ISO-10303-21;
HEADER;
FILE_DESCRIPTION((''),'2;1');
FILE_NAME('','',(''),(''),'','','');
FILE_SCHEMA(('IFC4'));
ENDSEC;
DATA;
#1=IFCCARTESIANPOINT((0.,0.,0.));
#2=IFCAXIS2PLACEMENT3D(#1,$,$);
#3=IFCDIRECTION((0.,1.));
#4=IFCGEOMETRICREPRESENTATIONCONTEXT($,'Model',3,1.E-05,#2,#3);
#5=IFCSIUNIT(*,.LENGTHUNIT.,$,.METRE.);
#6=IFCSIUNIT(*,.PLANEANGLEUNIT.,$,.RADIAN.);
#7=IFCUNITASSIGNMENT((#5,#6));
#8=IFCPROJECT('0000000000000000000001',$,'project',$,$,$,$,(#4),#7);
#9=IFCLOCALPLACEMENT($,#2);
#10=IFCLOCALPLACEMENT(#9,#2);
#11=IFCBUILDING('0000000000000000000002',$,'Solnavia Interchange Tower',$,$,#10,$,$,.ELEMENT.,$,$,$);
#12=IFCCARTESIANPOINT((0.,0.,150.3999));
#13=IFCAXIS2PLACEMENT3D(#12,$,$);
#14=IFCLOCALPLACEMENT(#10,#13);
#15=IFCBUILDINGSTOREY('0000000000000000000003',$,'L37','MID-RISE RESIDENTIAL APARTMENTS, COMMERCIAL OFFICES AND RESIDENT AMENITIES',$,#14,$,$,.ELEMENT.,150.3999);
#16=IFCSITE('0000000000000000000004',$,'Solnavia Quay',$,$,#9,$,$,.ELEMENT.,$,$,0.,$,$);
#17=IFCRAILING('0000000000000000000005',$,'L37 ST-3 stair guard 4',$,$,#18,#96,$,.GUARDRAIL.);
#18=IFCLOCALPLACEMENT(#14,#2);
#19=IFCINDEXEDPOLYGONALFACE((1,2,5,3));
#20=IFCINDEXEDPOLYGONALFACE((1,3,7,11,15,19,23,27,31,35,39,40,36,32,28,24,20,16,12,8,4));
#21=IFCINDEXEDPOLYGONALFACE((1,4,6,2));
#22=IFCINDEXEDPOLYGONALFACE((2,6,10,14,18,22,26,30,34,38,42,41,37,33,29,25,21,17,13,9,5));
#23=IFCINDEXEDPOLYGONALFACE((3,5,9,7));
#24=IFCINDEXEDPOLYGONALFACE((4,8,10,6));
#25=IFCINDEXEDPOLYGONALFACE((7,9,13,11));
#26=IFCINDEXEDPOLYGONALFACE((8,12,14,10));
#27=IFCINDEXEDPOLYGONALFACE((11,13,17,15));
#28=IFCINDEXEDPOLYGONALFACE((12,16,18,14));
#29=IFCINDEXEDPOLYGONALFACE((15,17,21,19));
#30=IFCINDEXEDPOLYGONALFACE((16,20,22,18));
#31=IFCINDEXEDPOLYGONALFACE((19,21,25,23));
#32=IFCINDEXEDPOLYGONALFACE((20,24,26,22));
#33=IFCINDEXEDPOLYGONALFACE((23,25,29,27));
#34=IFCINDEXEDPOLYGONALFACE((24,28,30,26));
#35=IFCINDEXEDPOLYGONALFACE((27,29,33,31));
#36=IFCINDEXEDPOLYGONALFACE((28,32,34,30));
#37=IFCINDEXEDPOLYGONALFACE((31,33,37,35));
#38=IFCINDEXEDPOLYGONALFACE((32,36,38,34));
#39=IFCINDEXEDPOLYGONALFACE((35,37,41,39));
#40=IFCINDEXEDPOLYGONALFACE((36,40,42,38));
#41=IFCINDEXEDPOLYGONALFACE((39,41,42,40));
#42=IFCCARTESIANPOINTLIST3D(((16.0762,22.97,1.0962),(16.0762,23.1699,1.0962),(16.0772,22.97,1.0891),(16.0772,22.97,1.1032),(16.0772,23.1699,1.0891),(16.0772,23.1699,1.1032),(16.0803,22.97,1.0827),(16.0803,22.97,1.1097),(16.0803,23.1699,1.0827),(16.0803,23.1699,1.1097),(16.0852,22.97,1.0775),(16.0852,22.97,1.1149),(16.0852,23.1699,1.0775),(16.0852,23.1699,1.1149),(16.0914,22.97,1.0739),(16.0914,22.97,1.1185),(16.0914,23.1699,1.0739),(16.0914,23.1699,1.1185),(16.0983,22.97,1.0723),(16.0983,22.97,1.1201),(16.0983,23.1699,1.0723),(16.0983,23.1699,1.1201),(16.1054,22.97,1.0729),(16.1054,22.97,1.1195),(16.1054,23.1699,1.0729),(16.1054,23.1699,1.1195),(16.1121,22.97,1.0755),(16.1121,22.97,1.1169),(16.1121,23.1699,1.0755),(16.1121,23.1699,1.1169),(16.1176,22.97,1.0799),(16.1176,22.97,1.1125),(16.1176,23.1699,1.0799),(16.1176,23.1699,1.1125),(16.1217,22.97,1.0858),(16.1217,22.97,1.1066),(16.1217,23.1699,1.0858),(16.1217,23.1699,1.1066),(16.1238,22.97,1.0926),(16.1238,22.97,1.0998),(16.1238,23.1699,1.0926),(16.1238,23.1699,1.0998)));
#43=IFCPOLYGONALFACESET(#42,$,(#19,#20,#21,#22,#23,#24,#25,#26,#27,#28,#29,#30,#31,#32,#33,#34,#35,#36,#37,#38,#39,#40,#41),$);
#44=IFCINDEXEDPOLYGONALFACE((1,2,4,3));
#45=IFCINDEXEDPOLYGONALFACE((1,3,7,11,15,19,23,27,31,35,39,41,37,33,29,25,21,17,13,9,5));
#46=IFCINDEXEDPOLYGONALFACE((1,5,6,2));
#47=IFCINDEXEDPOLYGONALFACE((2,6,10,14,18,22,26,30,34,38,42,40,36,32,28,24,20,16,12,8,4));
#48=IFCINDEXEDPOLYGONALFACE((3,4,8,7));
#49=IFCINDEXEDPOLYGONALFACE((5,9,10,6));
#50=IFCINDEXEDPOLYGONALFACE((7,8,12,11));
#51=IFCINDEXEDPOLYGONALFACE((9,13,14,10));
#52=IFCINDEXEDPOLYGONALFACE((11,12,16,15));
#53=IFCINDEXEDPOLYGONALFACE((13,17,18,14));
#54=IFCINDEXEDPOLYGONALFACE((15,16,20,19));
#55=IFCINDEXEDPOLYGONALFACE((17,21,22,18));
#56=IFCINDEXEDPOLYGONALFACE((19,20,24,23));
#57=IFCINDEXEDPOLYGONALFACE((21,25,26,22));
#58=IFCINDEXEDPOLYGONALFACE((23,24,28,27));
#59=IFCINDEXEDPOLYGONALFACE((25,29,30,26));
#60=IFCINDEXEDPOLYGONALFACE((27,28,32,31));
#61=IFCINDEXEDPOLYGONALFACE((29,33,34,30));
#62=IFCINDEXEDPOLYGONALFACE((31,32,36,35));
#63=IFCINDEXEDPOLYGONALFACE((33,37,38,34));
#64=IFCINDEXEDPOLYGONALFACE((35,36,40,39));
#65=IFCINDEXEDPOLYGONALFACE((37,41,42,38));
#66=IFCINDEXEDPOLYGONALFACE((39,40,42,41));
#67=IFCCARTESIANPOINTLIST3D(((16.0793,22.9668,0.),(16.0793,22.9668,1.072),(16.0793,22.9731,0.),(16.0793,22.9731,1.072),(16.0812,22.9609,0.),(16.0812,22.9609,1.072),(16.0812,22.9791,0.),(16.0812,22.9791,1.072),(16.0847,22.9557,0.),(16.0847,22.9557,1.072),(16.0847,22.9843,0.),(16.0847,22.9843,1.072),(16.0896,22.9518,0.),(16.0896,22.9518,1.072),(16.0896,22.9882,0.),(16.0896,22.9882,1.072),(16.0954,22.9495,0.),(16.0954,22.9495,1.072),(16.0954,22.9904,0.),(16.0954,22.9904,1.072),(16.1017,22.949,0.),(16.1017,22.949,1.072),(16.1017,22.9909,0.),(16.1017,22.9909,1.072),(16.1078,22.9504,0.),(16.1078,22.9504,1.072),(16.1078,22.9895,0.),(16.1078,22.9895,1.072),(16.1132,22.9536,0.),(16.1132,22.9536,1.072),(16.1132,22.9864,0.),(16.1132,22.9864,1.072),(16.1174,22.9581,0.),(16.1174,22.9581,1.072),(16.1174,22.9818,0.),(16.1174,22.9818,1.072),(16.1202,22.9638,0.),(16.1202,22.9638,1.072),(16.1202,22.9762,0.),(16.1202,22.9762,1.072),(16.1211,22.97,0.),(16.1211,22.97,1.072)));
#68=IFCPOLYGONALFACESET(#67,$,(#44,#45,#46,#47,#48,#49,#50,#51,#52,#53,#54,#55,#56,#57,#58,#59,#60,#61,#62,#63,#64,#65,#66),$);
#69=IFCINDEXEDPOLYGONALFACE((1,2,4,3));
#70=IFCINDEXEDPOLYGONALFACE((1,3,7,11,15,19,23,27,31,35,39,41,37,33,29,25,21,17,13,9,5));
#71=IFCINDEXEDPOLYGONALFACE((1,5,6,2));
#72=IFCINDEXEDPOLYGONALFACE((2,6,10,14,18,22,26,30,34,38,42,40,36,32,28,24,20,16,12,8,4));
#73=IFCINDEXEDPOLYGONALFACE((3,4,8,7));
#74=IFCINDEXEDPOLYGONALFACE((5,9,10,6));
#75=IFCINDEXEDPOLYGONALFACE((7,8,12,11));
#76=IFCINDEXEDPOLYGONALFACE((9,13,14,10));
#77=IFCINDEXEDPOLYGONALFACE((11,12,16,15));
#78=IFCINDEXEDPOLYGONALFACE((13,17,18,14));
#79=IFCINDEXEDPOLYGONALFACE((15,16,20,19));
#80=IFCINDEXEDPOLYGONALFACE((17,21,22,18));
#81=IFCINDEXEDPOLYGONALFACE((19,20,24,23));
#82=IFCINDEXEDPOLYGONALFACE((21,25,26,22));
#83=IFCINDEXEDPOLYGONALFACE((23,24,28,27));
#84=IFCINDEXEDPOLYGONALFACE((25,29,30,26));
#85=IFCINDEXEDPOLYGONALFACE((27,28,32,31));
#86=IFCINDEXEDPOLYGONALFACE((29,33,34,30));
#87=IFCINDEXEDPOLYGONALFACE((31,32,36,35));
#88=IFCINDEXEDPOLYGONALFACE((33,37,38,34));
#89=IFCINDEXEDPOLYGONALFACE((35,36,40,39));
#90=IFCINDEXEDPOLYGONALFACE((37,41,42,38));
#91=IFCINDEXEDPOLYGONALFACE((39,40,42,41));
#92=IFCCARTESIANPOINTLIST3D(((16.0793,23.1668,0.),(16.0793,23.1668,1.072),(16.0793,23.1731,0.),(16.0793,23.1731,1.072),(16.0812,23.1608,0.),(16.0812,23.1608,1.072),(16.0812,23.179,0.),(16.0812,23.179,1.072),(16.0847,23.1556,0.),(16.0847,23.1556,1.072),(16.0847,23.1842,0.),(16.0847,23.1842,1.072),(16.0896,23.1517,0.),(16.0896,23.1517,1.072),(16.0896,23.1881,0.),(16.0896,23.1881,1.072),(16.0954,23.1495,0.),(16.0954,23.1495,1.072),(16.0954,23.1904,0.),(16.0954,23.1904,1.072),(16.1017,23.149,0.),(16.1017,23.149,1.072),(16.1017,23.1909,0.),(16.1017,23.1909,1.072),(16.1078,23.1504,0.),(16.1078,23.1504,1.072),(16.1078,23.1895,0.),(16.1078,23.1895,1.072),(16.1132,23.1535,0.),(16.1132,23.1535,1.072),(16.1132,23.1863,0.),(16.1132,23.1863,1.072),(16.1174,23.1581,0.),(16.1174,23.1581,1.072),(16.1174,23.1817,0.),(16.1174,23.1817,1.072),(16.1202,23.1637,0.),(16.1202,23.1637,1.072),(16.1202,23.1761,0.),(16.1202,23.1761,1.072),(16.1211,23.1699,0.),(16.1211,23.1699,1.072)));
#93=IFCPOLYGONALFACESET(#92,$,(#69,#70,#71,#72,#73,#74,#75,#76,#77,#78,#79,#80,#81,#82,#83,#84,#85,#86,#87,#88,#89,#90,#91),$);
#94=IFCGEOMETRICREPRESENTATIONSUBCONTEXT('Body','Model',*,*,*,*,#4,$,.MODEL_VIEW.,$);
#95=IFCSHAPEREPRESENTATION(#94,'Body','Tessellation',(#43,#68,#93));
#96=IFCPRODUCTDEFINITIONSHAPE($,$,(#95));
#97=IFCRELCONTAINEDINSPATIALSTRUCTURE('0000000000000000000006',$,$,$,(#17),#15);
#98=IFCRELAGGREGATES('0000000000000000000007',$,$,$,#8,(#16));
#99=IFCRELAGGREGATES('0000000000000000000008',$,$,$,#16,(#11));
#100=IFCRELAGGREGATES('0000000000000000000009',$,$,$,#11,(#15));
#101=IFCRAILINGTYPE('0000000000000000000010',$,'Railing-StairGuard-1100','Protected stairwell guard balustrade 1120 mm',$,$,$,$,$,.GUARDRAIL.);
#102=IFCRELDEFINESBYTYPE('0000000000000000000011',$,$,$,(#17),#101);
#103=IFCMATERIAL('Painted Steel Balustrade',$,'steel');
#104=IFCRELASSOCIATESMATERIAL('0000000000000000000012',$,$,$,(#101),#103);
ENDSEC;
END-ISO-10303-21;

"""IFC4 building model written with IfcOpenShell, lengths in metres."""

from ifc_helpers import new_model, si_unit, direction, frame, origin, origin_2d, place, context, subcontext, project, spatial, circle, extrude, material, type_object, element, save


model = new_model("IFC4")

# Units and contexts
model_context = context("Model", 3, precision=1e-05, world=origin(), true_north=direction((0.0, 1.0)))
body_context = subcontext(model_context, "Body", "Model", "MODEL_VIEW")
ifc_project = project(units=[si_unit("LENGTHUNIT", "METRE"), si_unit("PLANEANGLEUNIT", "RADIAN")], contexts=[model_context])

# Site, building, storey
site_placement = place(None, origin())
site = spatial("IfcSite", under=ifc_project, at=site_placement, Name="Solnavia Quay", CompositionType="ELEMENT", RefElevation=0.0)
building_placement = place(site_placement, origin())
building = spatial("IfcBuilding", under=site, at=building_placement, Name="Solnavia Interchange Tower", CompositionType="ELEMENT")
storey_placement = place(building_placement, frame((0.0, 0.0, 150.3999)))
storey = spatial("IfcBuildingStorey", under=building, at=storey_placement, Name="L37", Description="MID-RISE RESIDENTIAL APARTMENTS, COMMERCIAL OFFICES AND RESIDENT AMENITIES", CompositionType="ELEMENT", Elevation=150.3999)

# Railing
ifc_material_1 = material(Name="Painted Steel Balustrade", Category="steel")
railing_type_1 = type_object("IfcRailingType", Name="Railing-StairGuard-1100", Description="Protected stairwell guard balustrade 1120 mm", PredefinedType="GUARDRAIL", material=ifc_material_1)
railing_1_placement = place(storey_placement, frame((16.1001, 22.97, 0.0)))
element("IfcRailing", 1, at=railing_1_placement, inside=storey, type_object=railing_type_1, Name="L37 ST-3 stair guard 4", PredefinedType="GUARDRAIL", context=body_context, shape_type="SweptSolid", body=[
    extrude(circle(Radius=0.0239, at=origin_2d()), frame((0.0, 0.0, 1.0962), z_axis=(0.0, 1.0, 0.0), x_axis=(-1.0, 0.0, 0.0)), (0.0, 0.0, 1.0), 0.2),
    extrude(circle(Radius=0.021, at=origin_2d()), origin(), (0.0, 0.0, 1.0), 1.072),
    extrude(circle(Radius=0.021, at=origin_2d()), frame((0.0, 0.2, 0.0)), (0.0, 0.0, 1.0), 1.072),
])

save(model, "model.ifc")
